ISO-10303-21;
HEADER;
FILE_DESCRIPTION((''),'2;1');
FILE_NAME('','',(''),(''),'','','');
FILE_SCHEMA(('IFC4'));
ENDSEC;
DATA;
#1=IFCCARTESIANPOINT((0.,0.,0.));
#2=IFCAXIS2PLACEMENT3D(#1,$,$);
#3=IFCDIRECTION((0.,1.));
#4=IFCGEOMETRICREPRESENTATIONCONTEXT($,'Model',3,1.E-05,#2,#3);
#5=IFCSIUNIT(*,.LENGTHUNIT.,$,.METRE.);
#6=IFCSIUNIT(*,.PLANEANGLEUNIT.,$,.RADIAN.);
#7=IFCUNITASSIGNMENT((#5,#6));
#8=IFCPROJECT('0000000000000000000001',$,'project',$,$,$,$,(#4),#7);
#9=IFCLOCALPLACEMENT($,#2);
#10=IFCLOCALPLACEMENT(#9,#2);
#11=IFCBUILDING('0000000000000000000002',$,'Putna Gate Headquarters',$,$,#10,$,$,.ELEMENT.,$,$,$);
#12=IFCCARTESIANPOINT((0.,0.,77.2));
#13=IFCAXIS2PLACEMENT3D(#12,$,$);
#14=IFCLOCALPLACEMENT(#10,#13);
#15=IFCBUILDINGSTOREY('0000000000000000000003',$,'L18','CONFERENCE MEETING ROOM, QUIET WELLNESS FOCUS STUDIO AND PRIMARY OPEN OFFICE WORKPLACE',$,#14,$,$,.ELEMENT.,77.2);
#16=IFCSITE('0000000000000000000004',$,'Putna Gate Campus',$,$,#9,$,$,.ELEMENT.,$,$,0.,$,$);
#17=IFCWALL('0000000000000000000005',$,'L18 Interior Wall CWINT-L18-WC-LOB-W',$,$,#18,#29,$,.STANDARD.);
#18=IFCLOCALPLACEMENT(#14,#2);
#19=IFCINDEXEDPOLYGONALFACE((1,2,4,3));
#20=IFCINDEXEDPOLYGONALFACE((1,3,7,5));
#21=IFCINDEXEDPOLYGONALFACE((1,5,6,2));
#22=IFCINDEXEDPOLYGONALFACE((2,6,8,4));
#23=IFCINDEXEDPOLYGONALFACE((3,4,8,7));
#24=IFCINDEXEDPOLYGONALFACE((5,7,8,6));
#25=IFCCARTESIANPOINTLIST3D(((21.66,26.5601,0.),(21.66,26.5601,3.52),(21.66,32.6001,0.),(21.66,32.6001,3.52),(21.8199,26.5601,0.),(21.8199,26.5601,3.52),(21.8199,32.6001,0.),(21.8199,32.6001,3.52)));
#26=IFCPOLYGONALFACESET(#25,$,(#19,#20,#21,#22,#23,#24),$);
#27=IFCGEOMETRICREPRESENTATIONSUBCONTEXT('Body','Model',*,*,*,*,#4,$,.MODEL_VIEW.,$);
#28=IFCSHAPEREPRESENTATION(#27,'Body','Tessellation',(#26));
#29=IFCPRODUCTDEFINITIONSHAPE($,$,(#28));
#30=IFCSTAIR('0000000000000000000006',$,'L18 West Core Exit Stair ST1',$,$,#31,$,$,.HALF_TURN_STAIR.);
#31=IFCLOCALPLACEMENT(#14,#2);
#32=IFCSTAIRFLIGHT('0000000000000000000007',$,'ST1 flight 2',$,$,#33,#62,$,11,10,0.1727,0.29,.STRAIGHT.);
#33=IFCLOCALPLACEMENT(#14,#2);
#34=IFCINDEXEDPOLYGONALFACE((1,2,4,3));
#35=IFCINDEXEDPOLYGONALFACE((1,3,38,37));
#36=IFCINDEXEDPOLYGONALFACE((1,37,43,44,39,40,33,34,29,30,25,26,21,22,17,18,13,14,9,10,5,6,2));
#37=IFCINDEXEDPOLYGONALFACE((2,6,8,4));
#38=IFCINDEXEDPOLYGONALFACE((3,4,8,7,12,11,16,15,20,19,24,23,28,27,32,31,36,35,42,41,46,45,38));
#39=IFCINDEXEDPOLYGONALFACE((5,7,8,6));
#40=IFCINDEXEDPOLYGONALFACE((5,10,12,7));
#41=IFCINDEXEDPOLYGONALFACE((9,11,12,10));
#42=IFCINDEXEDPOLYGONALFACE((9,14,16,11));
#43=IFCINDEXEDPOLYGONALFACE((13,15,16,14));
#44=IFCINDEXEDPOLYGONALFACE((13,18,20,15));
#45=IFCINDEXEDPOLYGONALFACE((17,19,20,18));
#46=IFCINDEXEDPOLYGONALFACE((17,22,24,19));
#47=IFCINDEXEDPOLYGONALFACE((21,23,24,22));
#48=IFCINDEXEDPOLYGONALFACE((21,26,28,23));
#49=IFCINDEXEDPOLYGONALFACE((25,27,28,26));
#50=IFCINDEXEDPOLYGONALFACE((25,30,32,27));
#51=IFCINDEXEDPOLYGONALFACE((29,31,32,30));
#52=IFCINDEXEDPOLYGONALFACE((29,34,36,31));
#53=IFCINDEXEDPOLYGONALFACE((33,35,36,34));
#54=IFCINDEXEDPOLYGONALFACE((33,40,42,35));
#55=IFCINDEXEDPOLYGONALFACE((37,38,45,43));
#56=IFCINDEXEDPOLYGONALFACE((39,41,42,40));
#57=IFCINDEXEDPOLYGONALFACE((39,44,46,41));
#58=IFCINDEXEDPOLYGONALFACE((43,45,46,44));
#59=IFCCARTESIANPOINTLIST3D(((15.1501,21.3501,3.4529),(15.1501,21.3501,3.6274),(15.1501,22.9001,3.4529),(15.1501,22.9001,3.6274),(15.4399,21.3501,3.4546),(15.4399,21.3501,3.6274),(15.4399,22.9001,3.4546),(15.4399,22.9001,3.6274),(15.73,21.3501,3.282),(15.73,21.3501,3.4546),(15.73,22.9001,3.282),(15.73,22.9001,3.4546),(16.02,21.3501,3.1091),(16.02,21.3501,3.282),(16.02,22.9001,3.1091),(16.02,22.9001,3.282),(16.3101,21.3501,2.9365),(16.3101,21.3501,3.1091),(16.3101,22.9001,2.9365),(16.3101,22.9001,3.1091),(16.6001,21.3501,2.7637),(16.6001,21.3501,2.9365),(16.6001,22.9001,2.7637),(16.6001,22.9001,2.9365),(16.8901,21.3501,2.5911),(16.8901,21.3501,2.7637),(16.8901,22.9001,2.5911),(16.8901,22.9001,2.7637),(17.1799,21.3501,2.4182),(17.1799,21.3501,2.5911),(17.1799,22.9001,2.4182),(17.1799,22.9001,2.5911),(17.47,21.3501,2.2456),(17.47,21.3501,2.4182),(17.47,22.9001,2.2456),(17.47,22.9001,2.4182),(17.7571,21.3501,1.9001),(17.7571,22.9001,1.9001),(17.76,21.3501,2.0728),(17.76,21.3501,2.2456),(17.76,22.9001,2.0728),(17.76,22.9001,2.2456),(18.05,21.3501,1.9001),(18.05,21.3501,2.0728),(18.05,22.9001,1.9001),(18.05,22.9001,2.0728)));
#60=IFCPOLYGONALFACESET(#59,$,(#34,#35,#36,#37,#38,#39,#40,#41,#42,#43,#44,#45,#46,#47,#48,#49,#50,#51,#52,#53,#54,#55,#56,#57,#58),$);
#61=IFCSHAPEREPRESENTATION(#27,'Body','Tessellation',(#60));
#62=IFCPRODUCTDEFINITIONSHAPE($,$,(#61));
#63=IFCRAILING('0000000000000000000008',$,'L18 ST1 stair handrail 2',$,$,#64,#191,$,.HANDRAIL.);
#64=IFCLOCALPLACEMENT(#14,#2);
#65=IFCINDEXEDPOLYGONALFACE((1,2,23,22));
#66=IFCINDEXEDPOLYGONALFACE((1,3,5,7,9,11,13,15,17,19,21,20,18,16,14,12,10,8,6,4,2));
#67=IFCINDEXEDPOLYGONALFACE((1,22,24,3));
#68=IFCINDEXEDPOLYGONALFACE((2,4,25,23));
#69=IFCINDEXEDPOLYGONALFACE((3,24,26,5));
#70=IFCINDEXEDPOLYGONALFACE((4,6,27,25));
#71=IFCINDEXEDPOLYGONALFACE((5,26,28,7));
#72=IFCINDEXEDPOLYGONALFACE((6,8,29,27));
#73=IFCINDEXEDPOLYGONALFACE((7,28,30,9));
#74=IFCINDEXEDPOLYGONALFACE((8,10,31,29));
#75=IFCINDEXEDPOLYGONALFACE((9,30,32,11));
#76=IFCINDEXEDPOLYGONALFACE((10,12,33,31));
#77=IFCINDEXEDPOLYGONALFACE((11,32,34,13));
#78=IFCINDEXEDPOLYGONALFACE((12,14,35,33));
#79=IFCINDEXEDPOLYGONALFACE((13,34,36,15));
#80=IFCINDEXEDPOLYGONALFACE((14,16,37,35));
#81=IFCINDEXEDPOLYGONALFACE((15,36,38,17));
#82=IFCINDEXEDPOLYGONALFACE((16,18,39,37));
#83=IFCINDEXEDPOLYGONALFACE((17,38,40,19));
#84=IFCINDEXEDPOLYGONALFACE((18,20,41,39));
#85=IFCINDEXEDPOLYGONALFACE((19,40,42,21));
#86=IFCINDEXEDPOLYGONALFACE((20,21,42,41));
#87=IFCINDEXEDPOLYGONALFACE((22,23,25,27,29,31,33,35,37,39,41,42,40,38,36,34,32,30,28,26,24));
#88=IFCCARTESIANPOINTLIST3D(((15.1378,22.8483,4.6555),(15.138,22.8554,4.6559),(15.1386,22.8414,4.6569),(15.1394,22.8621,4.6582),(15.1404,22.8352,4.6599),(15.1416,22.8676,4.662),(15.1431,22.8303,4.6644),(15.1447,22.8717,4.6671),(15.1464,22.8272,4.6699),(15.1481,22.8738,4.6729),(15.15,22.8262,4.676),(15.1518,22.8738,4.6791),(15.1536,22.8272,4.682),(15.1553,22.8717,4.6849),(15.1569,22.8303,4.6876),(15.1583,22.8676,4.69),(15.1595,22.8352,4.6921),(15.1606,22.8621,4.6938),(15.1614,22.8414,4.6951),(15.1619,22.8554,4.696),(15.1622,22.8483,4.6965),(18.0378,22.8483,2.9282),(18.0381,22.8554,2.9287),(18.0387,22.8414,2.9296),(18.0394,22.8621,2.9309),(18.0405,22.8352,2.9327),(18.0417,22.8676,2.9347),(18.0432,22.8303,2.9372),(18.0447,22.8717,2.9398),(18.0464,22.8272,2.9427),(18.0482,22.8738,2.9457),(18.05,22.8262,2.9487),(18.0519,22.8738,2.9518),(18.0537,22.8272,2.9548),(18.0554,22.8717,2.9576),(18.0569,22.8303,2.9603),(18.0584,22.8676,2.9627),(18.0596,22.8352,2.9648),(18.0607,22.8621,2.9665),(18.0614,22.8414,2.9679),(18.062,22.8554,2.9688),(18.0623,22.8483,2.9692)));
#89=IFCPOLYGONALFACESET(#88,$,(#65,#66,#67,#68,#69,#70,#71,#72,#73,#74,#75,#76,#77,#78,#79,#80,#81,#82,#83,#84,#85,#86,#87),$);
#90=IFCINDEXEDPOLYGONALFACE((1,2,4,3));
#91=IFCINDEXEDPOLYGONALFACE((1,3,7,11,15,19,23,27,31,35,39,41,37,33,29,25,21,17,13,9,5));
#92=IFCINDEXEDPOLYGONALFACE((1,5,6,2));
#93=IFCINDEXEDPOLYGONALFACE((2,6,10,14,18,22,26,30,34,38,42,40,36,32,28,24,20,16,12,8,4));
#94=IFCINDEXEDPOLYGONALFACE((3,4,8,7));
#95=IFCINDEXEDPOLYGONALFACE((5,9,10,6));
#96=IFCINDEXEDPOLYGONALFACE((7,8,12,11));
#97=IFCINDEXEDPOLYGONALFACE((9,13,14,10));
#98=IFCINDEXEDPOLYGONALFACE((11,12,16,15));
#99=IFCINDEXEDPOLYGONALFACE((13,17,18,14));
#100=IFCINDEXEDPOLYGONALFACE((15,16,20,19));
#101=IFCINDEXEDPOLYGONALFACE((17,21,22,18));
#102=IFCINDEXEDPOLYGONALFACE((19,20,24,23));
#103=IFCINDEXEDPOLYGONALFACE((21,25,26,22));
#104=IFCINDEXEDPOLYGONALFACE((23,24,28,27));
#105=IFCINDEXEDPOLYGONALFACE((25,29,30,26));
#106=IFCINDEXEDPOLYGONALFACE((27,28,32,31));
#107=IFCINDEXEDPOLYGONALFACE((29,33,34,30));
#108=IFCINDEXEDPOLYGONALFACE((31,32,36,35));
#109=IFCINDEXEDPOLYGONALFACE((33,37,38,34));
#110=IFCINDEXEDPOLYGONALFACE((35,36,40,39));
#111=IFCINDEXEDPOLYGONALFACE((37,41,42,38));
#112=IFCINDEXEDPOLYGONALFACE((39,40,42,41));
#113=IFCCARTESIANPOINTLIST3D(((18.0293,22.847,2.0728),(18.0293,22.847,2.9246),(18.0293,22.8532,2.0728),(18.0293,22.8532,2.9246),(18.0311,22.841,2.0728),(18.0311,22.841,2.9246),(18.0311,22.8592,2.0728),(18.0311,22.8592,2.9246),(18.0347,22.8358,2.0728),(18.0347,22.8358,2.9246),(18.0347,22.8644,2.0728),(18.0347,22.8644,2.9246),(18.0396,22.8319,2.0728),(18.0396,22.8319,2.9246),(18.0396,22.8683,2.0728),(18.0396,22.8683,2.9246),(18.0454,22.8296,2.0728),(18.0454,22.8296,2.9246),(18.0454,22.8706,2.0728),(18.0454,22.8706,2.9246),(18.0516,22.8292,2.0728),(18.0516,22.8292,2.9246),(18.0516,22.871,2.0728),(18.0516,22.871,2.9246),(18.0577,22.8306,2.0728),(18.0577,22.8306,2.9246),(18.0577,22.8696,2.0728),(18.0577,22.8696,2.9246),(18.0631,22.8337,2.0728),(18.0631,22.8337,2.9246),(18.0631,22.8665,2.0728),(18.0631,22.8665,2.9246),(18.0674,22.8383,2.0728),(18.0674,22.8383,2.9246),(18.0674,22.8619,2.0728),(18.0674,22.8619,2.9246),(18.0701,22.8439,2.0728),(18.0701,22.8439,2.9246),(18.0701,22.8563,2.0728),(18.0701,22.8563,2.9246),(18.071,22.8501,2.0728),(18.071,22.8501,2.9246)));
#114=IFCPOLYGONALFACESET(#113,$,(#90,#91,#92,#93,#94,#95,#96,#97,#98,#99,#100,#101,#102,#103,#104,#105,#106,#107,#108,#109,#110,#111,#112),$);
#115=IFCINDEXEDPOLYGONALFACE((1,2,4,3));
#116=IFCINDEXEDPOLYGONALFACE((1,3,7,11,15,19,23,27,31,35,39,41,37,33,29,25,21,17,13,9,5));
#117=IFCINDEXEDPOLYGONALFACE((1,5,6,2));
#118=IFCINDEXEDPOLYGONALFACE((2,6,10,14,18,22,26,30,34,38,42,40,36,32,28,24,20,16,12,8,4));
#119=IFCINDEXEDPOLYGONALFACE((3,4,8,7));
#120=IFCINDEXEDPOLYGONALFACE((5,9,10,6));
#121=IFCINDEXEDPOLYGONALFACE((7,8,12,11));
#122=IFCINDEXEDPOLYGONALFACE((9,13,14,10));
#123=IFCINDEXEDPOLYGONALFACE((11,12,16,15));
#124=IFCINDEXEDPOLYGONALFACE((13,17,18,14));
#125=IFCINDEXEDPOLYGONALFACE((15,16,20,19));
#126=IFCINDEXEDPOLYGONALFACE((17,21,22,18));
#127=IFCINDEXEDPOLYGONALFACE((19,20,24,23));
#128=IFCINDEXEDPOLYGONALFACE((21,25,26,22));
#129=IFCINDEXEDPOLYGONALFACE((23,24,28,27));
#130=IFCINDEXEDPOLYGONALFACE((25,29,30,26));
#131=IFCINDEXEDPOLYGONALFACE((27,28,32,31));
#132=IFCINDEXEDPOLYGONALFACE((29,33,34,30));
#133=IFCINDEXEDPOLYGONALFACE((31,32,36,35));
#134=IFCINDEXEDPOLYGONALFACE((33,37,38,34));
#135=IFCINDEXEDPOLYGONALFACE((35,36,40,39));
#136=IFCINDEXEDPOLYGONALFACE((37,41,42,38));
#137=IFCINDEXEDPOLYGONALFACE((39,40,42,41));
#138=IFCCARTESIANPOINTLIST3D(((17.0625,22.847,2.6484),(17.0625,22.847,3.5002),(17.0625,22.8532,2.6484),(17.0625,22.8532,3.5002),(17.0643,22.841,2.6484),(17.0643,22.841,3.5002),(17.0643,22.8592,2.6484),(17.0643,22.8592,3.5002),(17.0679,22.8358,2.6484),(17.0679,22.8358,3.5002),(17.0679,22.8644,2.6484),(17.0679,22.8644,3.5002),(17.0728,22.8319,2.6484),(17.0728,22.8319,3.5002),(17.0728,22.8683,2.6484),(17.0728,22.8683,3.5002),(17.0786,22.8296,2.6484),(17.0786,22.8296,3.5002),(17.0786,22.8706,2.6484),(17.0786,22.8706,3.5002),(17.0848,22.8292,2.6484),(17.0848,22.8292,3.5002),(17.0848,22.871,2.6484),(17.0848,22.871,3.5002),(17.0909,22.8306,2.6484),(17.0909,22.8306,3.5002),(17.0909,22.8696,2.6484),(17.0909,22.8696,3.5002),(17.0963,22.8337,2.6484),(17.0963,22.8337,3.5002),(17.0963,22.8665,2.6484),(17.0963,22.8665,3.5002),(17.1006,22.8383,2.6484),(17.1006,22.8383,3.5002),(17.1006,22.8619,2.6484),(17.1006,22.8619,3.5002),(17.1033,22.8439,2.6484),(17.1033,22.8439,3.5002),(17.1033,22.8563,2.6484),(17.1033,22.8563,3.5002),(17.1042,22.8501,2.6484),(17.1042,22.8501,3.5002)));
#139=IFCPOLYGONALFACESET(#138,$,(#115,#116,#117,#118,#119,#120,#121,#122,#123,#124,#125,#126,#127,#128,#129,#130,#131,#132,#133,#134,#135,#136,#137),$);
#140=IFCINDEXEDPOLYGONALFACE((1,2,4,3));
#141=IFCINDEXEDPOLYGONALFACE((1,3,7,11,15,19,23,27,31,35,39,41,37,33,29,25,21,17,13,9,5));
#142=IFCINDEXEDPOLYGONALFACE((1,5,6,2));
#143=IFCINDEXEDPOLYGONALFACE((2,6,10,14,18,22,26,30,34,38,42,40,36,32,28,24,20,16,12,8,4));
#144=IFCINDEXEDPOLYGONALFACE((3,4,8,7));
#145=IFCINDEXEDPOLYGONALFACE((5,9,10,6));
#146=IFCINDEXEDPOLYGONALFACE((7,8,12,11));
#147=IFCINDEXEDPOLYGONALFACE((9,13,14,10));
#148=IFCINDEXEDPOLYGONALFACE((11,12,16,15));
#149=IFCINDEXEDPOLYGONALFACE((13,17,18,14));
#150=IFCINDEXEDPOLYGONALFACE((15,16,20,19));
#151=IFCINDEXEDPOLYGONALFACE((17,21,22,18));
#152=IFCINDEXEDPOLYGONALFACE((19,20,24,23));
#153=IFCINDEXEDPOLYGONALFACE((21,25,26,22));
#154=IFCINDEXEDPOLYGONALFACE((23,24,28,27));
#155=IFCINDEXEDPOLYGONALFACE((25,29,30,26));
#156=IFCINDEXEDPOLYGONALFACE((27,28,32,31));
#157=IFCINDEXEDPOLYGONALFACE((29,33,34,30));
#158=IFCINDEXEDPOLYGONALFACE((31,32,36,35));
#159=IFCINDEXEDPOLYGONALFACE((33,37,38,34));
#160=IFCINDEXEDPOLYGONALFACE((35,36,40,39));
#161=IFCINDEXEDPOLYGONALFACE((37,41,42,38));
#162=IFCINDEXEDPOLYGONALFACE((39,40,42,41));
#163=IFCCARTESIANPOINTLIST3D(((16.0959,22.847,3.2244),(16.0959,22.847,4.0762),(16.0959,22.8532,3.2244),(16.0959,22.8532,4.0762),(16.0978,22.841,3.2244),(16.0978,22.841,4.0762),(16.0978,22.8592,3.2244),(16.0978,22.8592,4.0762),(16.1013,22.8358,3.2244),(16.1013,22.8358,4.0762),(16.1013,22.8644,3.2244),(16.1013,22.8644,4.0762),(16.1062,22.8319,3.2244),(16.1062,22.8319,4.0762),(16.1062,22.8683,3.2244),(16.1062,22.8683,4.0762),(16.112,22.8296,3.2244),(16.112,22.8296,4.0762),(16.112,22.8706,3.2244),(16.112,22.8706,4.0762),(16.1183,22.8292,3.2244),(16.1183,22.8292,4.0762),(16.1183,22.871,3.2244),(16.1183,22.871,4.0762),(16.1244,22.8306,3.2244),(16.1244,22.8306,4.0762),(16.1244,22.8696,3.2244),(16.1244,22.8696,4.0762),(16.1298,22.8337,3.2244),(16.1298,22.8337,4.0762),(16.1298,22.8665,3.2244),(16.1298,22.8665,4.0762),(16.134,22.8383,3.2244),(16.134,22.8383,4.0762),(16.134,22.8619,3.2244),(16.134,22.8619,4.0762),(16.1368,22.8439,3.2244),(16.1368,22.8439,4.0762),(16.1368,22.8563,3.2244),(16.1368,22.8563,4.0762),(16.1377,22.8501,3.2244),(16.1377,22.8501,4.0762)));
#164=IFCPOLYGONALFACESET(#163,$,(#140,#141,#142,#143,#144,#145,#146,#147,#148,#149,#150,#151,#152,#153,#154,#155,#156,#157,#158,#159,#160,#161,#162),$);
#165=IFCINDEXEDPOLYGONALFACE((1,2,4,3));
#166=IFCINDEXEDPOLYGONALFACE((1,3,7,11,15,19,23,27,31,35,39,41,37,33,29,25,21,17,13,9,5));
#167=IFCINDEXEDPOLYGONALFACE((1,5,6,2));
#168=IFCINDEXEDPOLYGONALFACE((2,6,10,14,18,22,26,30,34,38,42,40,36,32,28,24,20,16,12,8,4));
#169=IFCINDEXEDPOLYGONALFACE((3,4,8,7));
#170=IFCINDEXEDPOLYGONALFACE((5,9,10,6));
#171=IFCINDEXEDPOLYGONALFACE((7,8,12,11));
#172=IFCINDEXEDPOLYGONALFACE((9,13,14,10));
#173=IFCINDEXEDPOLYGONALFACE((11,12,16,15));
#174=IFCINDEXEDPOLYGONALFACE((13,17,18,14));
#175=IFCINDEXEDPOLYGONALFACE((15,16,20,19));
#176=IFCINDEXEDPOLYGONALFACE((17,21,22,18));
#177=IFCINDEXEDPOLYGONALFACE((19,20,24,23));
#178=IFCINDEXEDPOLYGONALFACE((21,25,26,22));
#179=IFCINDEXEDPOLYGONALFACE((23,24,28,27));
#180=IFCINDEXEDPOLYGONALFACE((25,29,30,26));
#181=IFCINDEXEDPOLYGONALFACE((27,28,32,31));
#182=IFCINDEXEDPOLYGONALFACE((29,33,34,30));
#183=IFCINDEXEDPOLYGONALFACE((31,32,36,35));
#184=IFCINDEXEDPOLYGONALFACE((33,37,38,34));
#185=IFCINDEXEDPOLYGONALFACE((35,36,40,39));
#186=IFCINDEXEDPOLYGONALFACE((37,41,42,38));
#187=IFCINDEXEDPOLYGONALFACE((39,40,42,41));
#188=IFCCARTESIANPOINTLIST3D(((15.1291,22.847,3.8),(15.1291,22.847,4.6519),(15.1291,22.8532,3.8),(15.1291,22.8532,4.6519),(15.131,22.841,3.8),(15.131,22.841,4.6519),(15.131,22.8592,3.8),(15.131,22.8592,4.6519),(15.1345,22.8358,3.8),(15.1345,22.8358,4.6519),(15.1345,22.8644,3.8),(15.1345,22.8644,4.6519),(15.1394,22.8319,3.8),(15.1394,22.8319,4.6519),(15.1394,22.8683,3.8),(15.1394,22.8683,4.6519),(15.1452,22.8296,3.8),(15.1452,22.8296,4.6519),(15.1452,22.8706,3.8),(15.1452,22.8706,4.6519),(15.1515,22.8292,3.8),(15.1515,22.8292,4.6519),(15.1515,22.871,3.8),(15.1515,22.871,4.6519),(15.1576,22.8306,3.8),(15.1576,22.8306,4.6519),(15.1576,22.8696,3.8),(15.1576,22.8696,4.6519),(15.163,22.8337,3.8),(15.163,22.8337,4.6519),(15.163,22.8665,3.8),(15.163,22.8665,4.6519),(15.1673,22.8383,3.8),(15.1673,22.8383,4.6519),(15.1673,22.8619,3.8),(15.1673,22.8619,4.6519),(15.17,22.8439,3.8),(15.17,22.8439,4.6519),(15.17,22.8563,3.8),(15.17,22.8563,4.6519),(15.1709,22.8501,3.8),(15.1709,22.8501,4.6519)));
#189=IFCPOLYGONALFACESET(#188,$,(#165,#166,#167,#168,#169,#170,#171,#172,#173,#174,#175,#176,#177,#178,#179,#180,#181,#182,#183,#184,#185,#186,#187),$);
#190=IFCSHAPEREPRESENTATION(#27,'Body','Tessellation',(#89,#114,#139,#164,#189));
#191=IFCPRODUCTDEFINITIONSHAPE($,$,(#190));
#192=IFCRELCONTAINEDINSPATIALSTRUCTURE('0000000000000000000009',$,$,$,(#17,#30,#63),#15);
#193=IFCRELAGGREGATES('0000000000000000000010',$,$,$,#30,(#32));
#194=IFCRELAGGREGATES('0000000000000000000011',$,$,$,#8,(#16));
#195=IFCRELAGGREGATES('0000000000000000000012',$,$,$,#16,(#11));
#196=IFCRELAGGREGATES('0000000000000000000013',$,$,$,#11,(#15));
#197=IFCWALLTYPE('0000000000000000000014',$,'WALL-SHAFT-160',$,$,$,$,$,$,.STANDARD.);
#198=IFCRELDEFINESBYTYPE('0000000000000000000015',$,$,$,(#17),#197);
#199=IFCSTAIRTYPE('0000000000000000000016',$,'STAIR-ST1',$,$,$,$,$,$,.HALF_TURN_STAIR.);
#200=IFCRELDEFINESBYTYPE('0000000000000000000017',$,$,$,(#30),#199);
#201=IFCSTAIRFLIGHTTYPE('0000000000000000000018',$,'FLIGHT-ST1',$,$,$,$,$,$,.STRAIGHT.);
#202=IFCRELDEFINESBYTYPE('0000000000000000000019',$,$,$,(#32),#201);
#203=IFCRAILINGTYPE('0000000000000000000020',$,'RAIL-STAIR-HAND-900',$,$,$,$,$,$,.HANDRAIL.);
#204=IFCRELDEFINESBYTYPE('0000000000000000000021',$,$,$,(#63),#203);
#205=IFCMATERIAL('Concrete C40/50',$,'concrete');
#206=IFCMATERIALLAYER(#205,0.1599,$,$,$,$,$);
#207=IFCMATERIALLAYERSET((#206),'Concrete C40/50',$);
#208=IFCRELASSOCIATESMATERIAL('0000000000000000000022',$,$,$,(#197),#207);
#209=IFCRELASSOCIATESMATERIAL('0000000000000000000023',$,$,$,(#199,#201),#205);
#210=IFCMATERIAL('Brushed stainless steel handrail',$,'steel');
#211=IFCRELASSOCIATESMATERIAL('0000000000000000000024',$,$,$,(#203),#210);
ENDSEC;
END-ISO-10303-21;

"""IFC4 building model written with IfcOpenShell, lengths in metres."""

from ifc_helpers import new_model, si_unit, direction, frame, frame_2d, origin, origin_2d, place, context, subcontext, project, spatial, polyline, rectangle, circle, outline, extrude, material, layer, layer_set, type_object, element, aggregate, save


model = new_model("IFC4")

# Units and contexts
model_context = context("Model", 3, precision=1e-05, world=origin(), true_north=direction((0.0, 1.0)))
body_context = subcontext(model_context, "Body", "Model", "MODEL_VIEW")
ifc_project = project(units=[si_unit("LENGTHUNIT", "METRE"), si_unit("PLANEANGLEUNIT", "RADIAN")], contexts=[model_context])

# Site, building, storey
site_placement = place(None, origin())
site = spatial("IfcSite", under=ifc_project, at=site_placement, Name="Putna Gate Campus", CompositionType="ELEMENT", RefElevation=0.0)
building_placement = place(site_placement, origin())
building = spatial("IfcBuilding", under=site, at=building_placement, Name="Putna Gate Headquarters", CompositionType="ELEMENT")
storey_placement = place(building_placement, frame((0.0, 0.0, 77.2)))
storey = spatial("IfcBuildingStorey", under=building, at=storey_placement, Name="L18", Description="CONFERENCE MEETING ROOM, QUIET WELLNESS FOCUS STUDIO AND PRIMARY OPEN OFFICE WORKPLACE", CompositionType="ELEMENT", Elevation=77.2)

# Shared definitions
ifc_material_1 = material(Name="Concrete C40/50", Category="concrete")
ifc_layer_1 = layer(ifc_material_1, 0.1599)
ifc_layer_set_1 = layer_set([ifc_layer_1], Name="Concrete C40/50")
wall_type_1 = type_object("IfcWallType", Name="WALL-SHAFT-160", PredefinedType="STANDARD", material=ifc_layer_set_1)

# Wall
wall_1_placement = place(storey_placement, frame((21.74, 26.5601, 0.0), z_axis=(0.0, 0.0, 1.0), x_axis=(0.0, 1.0, 0.0)))
element("IfcWall", 1, at=wall_1_placement, inside=storey, type_object=wall_type_1, Name="L18 Interior Wall CWINT-L18-WC-LOB-W", PredefinedType="STANDARD", context=body_context, shape_type="SweptSolid", body=[
    extrude(rectangle(XDim=6.04, YDim=0.1599, at=frame_2d((3.02, 0.0))), origin(), (0.0, 0.0, 1.0), 3.52),
])

# Stair, stair flight
stair_type = type_object("IfcStairType", Name="STAIR-ST1", PredefinedType="HALF_TURN_STAIR", material=ifc_material_1)
stair_placement = place(storey_placement, origin())
stair = element("IfcStair", 2, at=stair_placement, inside=storey, type_object=stair_type, Name="L18 West Core Exit Stair ST1", PredefinedType="HALF_TURN_STAIR")
stair_flight_type = type_object("IfcStairFlightType", Name="FLIGHT-ST1", PredefinedType="STRAIGHT", material=ifc_material_1)
stair_flight_placement = place(storey_placement, frame((18.05, 22.125, 1.9001), z_axis=(0.0, 0.0, 1.0), x_axis=(-1.0, 0.0, 0.0)))
stair_flight = element("IfcStairFlight", 3, at=stair_flight_placement, type_object=stair_flight_type, Name="ST1 flight 2", NumberOfRisers=11, NumberOfTreads=10, PredefinedType="STRAIGHT", RiserHeight=0.1727, TreadLength=0.29, context=body_context, shape_type="SweptSolid", body=[
    extrude(outline(polyline([(0.0, 0.0), (0.0, 0.1726), (0.29, 0.1726), (0.29, 0.3455), (0.5801, 0.3455), (0.5801, 0.5181), (0.8701, 0.5181), (0.8701, 0.6909), (1.1599, 0.6909), (1.1599, 0.8635), (1.45, 0.8635), (1.45, 1.0364), (1.74, 1.0364), (1.74, 1.209), (2.03, 1.209), (2.03, 1.3818), (2.3201, 1.3818), (2.3201, 1.5544), (2.6101, 1.5544), (2.6101, 1.7273), (2.8999, 1.7273), (2.8999, 1.8999), (2.8999, 1.5527), (0.293, 0.0), (0.0, 0.0)])), frame((0.0, 0.7749, 0.0), z_axis=(0.0, -1.0, 0.0), x_axis=(1.0, 0.0, 0.0)), (0.0, 0.0, 1.0), 1.55),
])
aggregate(stair, [stair_flight])

# Railing
ifc_material_2 = material(Name="Brushed stainless steel handrail", Category="steel")
railing_type_1 = type_object("IfcRailingType", Name="RAIL-STAIR-HAND-900", PredefinedType="HANDRAIL", material=ifc_material_2)
railing_1_placement = place(storey_placement, frame((18.05, 22.8501, 2.0728)))
element("IfcRailing", 4, at=railing_1_placement, inside=storey, type_object=railing_type_1, Name="L18 ST1 stair handrail 2", PredefinedType="HANDRAIL", context=body_context, shape_type="SweptSolid", body=[
    extrude(circle(Radius=0.0239, at=origin_2d()), frame((0.0, 0.0, 0.876), z_axis=(-0.85916, 0.0, 0.511706), x_axis=(0.0, -1.0, 0.0)), (0.0, 0.0, 1.0), 3.3755),
    extrude(circle(Radius=0.021, at=origin_2d()), origin(), (0.0, 0.0, 1.0), 0.8518),
    extrude(circle(Radius=0.021, at=origin_2d()), frame((-0.9668, 0.0, 0.5757)), (0.0, 0.0, 1.0), 0.8518),
    extrude(circle(Radius=0.021, at=origin_2d()), frame((-1.9333, 0.0, 1.1516)), (0.0, 0.0, 1.0), 0.8518),
    extrude(circle(Radius=0.021, at=origin_2d()), frame((-2.9001, 0.0, 1.7273)), (0.0, 0.0, 1.0), 0.8518),
])

save(model, "model.ifc")
